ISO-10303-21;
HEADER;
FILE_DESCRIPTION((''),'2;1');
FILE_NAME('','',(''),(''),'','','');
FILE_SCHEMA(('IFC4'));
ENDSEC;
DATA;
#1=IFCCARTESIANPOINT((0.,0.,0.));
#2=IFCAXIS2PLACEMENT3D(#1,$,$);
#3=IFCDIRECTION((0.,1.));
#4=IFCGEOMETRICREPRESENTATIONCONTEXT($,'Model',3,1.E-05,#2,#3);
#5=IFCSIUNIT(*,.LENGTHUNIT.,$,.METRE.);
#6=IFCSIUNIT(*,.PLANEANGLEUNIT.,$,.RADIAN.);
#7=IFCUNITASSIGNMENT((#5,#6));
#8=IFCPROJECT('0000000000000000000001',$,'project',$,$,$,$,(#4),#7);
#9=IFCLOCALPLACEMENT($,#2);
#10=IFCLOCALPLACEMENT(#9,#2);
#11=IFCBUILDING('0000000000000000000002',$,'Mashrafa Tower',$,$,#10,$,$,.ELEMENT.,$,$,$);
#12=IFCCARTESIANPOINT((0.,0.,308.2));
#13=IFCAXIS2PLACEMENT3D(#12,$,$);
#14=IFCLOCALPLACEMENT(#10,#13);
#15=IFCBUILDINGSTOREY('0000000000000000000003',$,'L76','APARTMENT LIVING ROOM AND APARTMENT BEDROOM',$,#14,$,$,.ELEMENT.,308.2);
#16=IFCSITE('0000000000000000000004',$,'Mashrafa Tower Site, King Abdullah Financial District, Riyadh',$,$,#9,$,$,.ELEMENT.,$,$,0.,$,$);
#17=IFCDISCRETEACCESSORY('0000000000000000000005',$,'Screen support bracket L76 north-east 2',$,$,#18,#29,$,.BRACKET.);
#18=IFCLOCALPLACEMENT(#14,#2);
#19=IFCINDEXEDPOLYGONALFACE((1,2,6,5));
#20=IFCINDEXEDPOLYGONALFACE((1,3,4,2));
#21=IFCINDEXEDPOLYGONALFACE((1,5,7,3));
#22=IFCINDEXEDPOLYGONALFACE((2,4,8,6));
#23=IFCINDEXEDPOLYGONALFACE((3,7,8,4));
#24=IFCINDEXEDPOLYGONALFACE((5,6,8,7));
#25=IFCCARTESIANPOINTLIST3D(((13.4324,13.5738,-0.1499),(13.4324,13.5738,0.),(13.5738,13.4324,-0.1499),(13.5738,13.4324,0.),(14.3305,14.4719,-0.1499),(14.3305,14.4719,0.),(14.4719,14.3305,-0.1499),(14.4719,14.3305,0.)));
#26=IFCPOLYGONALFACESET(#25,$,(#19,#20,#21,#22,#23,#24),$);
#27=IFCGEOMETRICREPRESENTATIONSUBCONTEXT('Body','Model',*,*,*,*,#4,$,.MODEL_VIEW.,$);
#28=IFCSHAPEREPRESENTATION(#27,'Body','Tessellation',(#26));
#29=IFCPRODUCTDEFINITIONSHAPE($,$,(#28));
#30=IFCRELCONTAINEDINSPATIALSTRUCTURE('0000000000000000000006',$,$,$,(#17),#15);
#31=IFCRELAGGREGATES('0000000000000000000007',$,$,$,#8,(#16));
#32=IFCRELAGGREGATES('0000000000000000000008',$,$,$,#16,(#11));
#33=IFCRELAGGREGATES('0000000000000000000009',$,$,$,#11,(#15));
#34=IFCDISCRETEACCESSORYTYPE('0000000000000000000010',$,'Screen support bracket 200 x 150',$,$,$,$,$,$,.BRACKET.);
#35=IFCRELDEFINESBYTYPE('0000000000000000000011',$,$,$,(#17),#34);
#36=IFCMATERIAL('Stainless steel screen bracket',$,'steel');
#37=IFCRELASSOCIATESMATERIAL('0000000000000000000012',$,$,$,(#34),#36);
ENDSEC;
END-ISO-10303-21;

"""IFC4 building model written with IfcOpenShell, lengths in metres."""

from ifc_helpers import new_model, si_unit, direction, frame, origin, origin_2d, place, context, subcontext, project, spatial, rectangle, extrude, source, transform, mapped, material, type_object, type_shapes, element, save


model = new_model("IFC4")

# Units and contexts
model_context = context("Model", 3, precision=1e-05, world=origin(), true_north=direction((0.0, 1.0)))
body_context = subcontext(model_context, "Body", "Model", "MODEL_VIEW")
ifc_project = project(units=[si_unit("LENGTHUNIT", "METRE"), si_unit("PLANEANGLEUNIT", "RADIAN")], contexts=[model_context])

# Site, building, storey
site_placement = place(None, origin())
site = spatial("IfcSite", under=ifc_project, at=site_placement, Name="Mashrafa Tower Site, King Abdullah Financial District, Riyadh", CompositionType="ELEMENT", RefElevation=0.0)
building_placement = place(site_placement, origin())
building = spatial("IfcBuilding", under=site, at=building_placement, Name="Mashrafa Tower", CompositionType="ELEMENT")
storey_placement = place(building_placement, frame((0.0, 0.0, 308.2)))
storey = spatial("IfcBuildingStorey", under=building, at=storey_placement, Name="L76", Description="APARTMENT LIVING ROOM AND APARTMENT BEDROOM", CompositionType="ELEMENT", Elevation=308.2)

# Discrete accessory
ifc_material_1 = material(Name="Stainless steel screen bracket", Category="steel")
discrete_accessory_type = type_object("IfcDiscreteAccessoryType", Name="Screen support bracket 200 x 150", PredefinedType="BRACKET", material=ifc_material_1)
shared_shape_1 = source(origin(), body_context, "Body", "SweptSolid", [
    extrude(rectangle(XDim=0.2, YDim=1.27, at=origin_2d()), origin(), (0.0, 0.0, 1.0), 0.1499),
])
type_shapes(discrete_accessory_type, [shared_shape_1])
for number, where, z_axis, x_axis, name in (
    (1, (13.9521, 13.9521, -0.1499), (0.0, 0.0, 1.0), (-0.707107, 0.707107, 0.0), "Screen support bracket L76 north-east 2"),
):
    element("IfcDiscreteAccessory", number, at=place(storey_placement, frame(where, z_axis=z_axis, x_axis=x_axis)), inside=storey, type_object=discrete_accessory_type, Name=name, PredefinedType="BRACKET", context=body_context, shape_type="MappedRepresentation", body=[
        mapped(shared_shape_1, transform((0.0, 0.0, 0.0))),
    ])

save(model, "model.ifc")
